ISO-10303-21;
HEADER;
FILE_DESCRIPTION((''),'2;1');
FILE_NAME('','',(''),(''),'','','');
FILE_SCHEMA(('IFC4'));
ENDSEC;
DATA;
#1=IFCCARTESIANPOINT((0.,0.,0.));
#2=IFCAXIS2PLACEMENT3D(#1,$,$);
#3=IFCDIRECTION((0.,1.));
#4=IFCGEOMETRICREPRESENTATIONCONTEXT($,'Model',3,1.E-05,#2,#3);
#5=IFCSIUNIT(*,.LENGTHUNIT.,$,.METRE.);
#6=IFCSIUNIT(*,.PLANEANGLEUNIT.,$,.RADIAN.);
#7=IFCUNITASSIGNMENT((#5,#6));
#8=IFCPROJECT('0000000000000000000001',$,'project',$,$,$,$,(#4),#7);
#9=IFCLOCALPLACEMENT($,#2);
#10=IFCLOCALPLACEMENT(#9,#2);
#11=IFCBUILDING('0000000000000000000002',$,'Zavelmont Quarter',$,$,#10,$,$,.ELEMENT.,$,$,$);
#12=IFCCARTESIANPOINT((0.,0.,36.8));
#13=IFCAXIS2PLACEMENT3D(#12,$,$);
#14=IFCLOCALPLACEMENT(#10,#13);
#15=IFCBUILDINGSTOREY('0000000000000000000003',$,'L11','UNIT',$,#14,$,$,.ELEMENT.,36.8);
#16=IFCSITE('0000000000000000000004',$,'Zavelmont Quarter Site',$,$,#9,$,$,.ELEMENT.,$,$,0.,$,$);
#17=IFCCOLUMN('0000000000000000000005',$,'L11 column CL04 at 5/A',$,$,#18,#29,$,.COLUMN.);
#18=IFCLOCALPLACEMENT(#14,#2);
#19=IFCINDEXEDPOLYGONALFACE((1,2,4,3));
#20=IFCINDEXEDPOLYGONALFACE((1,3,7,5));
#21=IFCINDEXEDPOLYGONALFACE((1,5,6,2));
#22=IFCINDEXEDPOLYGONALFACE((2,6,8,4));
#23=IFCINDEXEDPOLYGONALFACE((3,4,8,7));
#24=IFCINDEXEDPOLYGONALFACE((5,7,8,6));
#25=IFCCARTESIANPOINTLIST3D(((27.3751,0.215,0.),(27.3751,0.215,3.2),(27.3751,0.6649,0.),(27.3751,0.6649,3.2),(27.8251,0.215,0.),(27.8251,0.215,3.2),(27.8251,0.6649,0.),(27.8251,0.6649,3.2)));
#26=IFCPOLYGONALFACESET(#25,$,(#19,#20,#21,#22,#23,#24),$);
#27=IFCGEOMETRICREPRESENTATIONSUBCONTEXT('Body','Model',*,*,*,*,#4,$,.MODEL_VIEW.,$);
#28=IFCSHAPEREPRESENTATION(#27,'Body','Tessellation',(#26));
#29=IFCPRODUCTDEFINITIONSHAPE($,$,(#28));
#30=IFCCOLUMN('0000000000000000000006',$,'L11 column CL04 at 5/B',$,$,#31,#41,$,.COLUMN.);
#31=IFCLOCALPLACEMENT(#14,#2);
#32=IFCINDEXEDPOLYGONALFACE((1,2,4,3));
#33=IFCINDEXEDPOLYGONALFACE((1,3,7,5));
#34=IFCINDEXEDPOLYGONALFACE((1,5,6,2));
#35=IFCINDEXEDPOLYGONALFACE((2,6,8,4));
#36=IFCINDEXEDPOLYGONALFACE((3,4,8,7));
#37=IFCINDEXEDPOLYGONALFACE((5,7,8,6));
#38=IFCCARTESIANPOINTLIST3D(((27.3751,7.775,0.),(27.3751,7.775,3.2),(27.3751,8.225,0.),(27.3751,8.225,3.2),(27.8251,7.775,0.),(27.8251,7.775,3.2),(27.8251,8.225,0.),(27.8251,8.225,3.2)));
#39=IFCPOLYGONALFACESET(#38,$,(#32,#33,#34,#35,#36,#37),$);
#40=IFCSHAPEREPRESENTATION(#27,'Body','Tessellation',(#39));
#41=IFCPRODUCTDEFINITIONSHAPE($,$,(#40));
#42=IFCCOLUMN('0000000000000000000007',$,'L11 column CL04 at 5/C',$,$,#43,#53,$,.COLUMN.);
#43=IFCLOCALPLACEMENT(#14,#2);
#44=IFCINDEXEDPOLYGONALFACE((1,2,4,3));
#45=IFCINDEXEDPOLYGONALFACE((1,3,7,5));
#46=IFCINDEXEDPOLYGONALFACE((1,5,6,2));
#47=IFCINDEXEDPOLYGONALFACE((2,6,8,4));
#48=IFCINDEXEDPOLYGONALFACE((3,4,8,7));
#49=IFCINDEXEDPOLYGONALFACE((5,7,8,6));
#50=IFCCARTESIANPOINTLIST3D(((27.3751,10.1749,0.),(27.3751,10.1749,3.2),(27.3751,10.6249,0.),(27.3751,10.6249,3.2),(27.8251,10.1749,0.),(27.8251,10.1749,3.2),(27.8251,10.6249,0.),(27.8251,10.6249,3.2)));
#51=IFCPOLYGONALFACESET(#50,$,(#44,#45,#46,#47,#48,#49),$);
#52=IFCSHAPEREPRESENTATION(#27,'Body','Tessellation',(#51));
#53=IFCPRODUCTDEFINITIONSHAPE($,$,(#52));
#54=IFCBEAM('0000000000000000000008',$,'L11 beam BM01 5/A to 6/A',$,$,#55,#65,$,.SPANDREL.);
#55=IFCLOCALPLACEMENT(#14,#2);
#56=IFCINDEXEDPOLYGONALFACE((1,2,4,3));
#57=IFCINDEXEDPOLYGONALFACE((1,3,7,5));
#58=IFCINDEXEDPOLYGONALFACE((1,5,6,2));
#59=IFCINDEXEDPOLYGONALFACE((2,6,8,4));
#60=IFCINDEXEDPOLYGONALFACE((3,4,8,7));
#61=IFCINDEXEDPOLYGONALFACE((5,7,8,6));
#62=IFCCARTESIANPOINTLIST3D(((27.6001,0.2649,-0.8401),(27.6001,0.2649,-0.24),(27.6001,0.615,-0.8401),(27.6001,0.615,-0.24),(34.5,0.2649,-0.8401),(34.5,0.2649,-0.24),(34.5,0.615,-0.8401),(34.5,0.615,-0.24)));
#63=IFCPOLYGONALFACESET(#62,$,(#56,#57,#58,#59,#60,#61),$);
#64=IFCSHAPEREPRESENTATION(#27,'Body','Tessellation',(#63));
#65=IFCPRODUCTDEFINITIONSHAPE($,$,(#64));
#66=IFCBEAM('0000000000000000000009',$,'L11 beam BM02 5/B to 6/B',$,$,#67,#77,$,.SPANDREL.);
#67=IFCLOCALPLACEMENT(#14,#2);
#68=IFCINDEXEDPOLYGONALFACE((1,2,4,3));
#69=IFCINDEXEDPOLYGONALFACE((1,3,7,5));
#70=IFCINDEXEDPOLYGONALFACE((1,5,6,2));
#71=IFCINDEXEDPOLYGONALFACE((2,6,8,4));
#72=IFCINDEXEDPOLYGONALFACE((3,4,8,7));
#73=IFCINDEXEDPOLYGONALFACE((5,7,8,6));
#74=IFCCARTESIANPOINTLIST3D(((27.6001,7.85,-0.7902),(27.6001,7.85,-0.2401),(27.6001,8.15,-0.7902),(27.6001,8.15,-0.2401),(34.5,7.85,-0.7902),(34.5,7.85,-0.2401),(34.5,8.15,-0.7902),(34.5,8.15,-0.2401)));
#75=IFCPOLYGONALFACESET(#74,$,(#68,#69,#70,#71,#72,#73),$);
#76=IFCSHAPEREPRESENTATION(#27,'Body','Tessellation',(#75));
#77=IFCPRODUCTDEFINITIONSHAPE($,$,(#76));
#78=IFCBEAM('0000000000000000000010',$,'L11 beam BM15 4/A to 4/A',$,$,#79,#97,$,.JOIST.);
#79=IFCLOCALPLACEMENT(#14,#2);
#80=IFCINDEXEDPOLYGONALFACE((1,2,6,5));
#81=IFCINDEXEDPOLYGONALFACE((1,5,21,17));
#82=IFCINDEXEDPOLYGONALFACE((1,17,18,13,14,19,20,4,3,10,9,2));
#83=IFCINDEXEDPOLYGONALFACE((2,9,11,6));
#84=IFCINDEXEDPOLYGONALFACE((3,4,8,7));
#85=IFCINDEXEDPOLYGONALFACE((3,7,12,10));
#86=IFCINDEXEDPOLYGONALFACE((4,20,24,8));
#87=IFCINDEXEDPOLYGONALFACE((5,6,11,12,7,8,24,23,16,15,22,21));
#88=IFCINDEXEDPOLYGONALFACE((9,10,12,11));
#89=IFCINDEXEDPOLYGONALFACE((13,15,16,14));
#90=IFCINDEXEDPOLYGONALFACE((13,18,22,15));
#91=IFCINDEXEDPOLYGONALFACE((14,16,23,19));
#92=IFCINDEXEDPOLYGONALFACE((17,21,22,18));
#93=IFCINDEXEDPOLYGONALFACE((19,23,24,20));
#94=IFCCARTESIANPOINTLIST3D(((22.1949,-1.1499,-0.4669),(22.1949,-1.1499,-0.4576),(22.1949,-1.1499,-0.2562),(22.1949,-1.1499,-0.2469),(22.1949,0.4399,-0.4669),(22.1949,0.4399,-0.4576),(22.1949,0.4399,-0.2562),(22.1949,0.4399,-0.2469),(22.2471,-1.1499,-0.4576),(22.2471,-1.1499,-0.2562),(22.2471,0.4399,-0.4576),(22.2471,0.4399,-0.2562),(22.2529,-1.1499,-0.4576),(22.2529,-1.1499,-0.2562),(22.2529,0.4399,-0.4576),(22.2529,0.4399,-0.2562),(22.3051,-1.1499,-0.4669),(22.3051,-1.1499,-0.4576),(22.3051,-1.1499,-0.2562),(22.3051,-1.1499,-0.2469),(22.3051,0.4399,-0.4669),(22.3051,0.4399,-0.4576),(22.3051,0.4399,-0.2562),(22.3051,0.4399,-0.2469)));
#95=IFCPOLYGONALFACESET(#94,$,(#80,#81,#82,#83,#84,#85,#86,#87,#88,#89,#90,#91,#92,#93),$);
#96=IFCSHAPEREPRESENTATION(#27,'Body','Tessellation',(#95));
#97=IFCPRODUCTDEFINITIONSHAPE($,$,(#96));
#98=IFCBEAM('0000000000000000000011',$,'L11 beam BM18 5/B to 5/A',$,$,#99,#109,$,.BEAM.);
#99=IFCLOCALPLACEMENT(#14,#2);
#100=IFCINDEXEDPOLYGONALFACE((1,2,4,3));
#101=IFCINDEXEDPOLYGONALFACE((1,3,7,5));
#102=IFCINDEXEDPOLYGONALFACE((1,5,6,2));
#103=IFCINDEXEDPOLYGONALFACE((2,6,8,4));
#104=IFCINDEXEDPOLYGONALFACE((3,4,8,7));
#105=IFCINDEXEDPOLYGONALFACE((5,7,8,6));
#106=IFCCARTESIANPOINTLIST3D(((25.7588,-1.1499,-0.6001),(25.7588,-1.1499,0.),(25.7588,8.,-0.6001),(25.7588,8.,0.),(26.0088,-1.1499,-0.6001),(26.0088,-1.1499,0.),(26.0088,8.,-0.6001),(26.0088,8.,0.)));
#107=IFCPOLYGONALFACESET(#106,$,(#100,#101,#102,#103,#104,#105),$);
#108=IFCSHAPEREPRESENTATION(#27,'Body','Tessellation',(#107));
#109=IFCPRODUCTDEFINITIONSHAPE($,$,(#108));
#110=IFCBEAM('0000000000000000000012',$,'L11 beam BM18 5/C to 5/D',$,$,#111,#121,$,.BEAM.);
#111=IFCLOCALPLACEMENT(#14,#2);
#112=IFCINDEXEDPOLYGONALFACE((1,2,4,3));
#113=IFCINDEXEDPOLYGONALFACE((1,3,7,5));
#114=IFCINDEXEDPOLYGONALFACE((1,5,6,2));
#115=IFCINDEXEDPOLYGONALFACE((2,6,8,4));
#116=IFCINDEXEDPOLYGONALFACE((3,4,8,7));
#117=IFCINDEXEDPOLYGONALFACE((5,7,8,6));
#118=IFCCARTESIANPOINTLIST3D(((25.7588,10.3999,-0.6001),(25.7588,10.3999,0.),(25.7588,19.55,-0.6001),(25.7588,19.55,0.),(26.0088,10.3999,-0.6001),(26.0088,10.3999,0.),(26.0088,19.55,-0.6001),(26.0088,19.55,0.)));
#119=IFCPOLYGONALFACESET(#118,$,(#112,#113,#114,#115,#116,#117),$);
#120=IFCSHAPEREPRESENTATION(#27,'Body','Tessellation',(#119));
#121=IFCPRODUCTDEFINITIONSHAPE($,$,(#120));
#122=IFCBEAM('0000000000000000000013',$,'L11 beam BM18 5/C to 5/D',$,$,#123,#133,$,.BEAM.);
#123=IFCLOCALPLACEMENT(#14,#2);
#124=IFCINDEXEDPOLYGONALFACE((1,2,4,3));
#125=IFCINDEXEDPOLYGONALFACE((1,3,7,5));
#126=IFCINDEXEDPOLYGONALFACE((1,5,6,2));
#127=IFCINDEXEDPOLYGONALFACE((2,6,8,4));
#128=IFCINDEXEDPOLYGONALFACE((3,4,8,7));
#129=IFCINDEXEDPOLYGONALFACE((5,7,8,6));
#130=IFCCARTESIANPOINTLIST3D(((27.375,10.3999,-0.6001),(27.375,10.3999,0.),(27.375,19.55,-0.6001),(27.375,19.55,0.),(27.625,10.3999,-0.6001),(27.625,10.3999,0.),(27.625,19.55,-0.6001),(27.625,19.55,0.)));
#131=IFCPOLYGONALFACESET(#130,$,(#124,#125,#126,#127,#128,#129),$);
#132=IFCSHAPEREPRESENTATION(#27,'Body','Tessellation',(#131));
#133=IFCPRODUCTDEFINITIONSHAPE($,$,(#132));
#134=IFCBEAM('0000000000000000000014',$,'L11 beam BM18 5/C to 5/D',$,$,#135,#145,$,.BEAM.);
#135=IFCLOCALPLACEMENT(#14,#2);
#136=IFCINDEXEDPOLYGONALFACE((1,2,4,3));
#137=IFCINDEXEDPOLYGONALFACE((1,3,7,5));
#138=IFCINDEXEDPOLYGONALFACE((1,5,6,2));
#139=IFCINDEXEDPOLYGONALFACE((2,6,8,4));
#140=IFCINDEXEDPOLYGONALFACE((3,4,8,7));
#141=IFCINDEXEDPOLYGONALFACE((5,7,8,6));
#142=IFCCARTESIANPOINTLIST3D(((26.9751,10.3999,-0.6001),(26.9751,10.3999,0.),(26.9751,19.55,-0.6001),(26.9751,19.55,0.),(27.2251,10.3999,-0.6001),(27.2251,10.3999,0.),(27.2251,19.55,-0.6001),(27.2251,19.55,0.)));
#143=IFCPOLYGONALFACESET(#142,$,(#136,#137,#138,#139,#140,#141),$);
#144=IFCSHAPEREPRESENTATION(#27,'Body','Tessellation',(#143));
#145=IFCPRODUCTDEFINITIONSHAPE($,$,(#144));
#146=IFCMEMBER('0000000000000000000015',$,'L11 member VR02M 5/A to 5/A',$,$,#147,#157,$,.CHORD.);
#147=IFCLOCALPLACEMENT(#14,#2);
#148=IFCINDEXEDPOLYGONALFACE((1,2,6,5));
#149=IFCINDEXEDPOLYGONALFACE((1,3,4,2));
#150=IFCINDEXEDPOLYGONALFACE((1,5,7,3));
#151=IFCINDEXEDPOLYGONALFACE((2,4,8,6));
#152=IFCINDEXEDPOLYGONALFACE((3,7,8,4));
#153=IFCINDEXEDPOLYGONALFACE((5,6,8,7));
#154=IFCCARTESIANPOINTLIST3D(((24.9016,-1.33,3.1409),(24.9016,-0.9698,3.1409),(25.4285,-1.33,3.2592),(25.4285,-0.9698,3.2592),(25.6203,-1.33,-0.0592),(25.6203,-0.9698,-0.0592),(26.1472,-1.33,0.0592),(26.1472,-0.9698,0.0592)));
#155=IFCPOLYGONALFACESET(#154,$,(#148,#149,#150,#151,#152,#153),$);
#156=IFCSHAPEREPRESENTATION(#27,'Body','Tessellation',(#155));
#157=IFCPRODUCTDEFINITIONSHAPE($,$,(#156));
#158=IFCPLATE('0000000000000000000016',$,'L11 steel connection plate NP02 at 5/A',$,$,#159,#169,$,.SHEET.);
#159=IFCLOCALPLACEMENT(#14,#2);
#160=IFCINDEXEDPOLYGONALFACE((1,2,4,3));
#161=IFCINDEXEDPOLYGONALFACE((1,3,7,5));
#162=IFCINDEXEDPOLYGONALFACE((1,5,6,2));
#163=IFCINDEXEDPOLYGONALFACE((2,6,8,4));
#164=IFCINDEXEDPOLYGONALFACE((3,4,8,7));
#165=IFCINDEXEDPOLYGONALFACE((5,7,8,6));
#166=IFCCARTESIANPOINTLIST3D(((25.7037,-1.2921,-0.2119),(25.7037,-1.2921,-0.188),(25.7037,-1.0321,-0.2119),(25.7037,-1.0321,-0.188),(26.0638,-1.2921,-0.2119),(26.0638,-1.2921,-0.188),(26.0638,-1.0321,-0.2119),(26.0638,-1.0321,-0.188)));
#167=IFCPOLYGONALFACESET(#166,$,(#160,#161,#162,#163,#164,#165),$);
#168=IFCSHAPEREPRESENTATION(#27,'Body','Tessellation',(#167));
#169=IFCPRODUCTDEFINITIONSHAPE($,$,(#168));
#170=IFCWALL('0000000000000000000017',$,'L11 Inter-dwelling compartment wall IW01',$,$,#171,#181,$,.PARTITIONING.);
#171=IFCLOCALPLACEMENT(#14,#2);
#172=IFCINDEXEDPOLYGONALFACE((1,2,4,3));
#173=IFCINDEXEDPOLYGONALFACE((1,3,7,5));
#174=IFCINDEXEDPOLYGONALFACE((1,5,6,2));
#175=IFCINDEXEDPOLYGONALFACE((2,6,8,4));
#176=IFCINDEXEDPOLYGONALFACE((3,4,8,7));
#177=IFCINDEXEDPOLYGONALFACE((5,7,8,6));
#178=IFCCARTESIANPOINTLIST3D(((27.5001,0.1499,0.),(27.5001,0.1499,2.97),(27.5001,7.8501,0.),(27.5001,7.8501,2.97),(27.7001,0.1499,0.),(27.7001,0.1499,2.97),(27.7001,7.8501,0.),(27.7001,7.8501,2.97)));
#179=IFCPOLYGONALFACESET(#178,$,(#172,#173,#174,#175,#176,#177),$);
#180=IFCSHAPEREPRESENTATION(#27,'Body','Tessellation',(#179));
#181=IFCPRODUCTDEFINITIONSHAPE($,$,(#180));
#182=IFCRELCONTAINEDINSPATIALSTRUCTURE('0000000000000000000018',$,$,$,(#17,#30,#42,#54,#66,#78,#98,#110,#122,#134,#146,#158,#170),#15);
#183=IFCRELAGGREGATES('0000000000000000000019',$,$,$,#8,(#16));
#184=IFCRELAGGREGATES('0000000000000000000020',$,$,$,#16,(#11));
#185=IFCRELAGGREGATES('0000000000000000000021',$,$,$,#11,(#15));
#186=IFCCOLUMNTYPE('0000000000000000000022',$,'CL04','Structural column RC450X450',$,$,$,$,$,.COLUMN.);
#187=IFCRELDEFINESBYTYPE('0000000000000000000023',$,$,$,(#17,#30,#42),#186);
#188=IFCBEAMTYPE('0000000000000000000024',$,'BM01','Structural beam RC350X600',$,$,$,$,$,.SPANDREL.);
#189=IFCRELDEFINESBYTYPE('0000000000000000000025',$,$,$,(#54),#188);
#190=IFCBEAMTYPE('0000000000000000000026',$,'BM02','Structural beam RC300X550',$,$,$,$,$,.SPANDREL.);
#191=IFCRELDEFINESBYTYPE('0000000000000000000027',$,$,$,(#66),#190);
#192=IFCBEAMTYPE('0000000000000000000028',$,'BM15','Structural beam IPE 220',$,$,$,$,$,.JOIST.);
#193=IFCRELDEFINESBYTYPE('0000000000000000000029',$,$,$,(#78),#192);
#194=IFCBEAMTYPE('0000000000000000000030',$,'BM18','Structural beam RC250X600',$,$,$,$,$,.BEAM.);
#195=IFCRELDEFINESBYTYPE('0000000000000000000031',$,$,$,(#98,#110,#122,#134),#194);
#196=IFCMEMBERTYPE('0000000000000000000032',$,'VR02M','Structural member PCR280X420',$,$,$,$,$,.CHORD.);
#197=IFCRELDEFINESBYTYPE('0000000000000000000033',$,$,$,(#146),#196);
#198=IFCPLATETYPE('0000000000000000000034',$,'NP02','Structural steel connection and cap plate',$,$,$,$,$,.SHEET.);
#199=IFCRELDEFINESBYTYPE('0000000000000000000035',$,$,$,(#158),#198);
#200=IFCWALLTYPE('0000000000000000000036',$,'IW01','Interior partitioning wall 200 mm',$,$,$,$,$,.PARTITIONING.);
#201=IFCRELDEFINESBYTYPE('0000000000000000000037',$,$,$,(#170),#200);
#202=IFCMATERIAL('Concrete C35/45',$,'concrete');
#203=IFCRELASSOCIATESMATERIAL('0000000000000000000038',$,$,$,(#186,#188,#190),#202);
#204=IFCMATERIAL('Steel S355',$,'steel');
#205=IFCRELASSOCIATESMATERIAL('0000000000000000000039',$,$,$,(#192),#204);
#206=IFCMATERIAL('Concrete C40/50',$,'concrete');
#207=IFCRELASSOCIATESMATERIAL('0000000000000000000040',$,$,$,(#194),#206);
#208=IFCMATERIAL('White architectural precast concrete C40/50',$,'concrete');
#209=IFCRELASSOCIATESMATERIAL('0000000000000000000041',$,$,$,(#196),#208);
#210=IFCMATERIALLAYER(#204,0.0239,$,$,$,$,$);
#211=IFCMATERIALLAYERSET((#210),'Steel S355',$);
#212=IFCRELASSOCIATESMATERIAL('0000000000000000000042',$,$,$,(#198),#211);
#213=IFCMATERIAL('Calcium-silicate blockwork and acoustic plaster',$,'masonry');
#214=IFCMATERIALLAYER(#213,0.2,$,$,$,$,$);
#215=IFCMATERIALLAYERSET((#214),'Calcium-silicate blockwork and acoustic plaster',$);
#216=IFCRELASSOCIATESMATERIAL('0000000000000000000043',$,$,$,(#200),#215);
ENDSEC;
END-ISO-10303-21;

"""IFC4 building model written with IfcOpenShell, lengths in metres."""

from ifc_helpers import new_model, si_unit, direction, frame, frame_2d, origin, origin_2d, place, context, subcontext, project, spatial, rectangle, i_section, extrude, material, layer, layer_set, material_profile, profile_set, type_object, element, save


model = new_model("IFC4")

# Units and contexts
model_context = context("Model", 3, precision=1e-05, world=origin(), true_north=direction((0.0, 1.0)))
body_context = subcontext(model_context, "Body", "Model", "MODEL_VIEW")
ifc_project = project(units=[si_unit("LENGTHUNIT", "METRE"), si_unit("PLANEANGLEUNIT", "RADIAN")], contexts=[model_context])

# Site, building, storey
site_placement = place(None, origin())
site = spatial("IfcSite", under=ifc_project, at=site_placement, Name="Zavelmont Quarter Site", CompositionType="ELEMENT", RefElevation=0.0)
building_placement = place(site_placement, origin())
building = spatial("IfcBuilding", under=site, at=building_placement, Name="Zavelmont Quarter", CompositionType="ELEMENT")
storey_placement = place(building_placement, frame((0.0, 0.0, 36.8)))
storey = spatial("IfcBuildingStorey", under=building, at=storey_placement, Name="L11", Description="UNIT", CompositionType="ELEMENT", Elevation=36.8)

# Columns
ifc_material_1 = material(Name="Concrete C35/45", Category="concrete")
ifc_material_profile_1 = material_profile(ifc_material_1, rectangle(XDim=0.45, YDim=0.45, at=origin_2d()), Name="RC450X450")
ifc_profile_set_1 = profile_set([ifc_material_profile_1], Name="Concrete C35/45")
column_type = type_object("IfcColumnType", Name="CL04", Description="Structural column RC450X450", PredefinedType="COLUMN", material=ifc_profile_set_1)
for number, where, z_axis, x_axis, name in (
    (1, (27.6001, 0.4399, 0.0), (0.0, 0.0, 1.0), (1.0, 0.0, 0.0), "L11 column CL04 at 5/A"),
    (2, (27.6001, 8.0, 0.0), (0.0, 0.0, 1.0), (1.0, 0.0, 0.0), "L11 column CL04 at 5/B"),
    (3, (27.6001, 10.3999, 0.0), (0.0, 0.0, 1.0), (1.0, 0.0, 0.0), "L11 column CL04 at 5/C"),
):
    element("IfcColumn", number, at=place(storey_placement, frame(where, z_axis=z_axis, x_axis=x_axis)), inside=storey, type_object=column_type, Name=name, PredefinedType="COLUMN", context=body_context, shape_type="SweptSolid", body=[
        extrude(rectangle(XDim=0.45, YDim=0.45, at=origin_2d()), origin(), (0.0, 0.0, 1.0), 3.2),
    ])

# Beams
ifc_material_profile_2 = material_profile(ifc_material_1, rectangle(XDim=0.3501, YDim=0.6001, at=origin_2d()), Name="RC350X600")
ifc_profile_set_2 = profile_set([ifc_material_profile_2], Name="Concrete C35/45")
beam_type_1 = type_object("IfcBeamType", Name="BM01", Description="Structural beam RC350X600", PredefinedType="SPANDREL", material=ifc_profile_set_2)
beam_1_placement = place(storey_placement, frame((27.6001, 0.4399, -0.54), z_axis=(1.0, 0.0, 0.0), x_axis=(0.0, 1.0, 0.0)))
element("IfcBeam", 4, at=beam_1_placement, inside=storey, type_object=beam_type_1, Name="L11 beam BM01 5/A to 6/A", PredefinedType="SPANDREL", context=body_context, shape_type="SweptSolid", body=[
    extrude(rectangle(XDim=0.3501, YDim=0.6001, at=origin_2d()), origin(), (0.0, 0.0, 1.0), 6.8999),
])
ifc_material_profile_3 = material_profile(ifc_material_1, rectangle(XDim=0.3, YDim=0.55, at=origin_2d()), Name="RC300X550")
ifc_profile_set_3 = profile_set([ifc_material_profile_3], Name="Concrete C35/45")
beam_type_2 = type_object("IfcBeamType", Name="BM02", Description="Structural beam RC300X550", PredefinedType="SPANDREL", material=ifc_profile_set_3)
beam_2_placement = place(storey_placement, frame((27.6001, 8.0, -0.5151), z_axis=(1.0, 0.0, 0.0), x_axis=(0.0, 1.0, 0.0)))
element("IfcBeam", 5, at=beam_2_placement, inside=storey, type_object=beam_type_2, Name="L11 beam BM02 5/B to 6/B", PredefinedType="SPANDREL", context=body_context, shape_type="SweptSolid", body=[
    extrude(rectangle(XDim=0.3, YDim=0.55, at=origin_2d()), origin(), (0.0, 0.0, 1.0), 6.8999),
])
ifc_material_2 = material(Name="Steel S355", Category="steel")
ifc_material_profile_4 = material_profile(ifc_material_2, i_section(OverallWidth=0.1101, OverallDepth=0.22, WebThickness=0.0059, FlangeThickness=0.0093, at=origin_2d()), Name="IPE 220")
ifc_profile_set_4 = profile_set([ifc_material_profile_4], Name="Steel S355")
beam_type_3 = type_object("IfcBeamType", Name="BM15", Description="Structural beam IPE 220", PredefinedType="JOIST", material=ifc_profile_set_4)
beam_3_placement = place(storey_placement, frame((22.25, 0.4399, -0.3569), z_axis=(0.0, -1.0, 0.0), x_axis=(1.0, 0.0, 0.0)))
element("IfcBeam", 6, at=beam_3_placement, inside=storey, type_object=beam_type_3, Name="L11 beam BM15 4/A to 4/A", PredefinedType="JOIST", context=body_context, shape_type="SweptSolid", body=[
    extrude(i_section(OverallWidth=0.1101, OverallDepth=0.22, WebThickness=0.0059, FlangeThickness=0.0093, at=origin_2d()), origin(), (0.0, 0.0, 1.0), 1.5898),
])
ifc_material_3 = material(Name="Concrete C40/50", Category="concrete")
ifc_material_profile_5 = material_profile(ifc_material_3, rectangle(XDim=0.25, YDim=0.6001, at=origin_2d()), Name="RC250X600")
ifc_profile_set_5 = profile_set([ifc_material_profile_5], Name="Concrete C40/50")
beam_type_4 = type_object("IfcBeamType", Name="BM18", Description="Structural beam RC250X600", PredefinedType="BEAM", material=ifc_profile_set_5)
beam_4_placement = place(storey_placement, frame((25.8838, 8.0, -0.3), z_axis=(0.0, -1.0, 0.0), x_axis=(1.0, 0.0, 0.0)))
element("IfcBeam", 7, at=beam_4_placement, inside=storey, type_object=beam_type_4, Name="L11 beam BM18 5/B to 5/A", PredefinedType="BEAM", context=body_context, shape_type="SweptSolid", body=[
    extrude(rectangle(XDim=0.25, YDim=0.6001, at=origin_2d()), origin(), (0.0, 0.0, 1.0), 9.1499),
])
for number, where, z_axis, x_axis, name in (
    (8, (25.8838, 10.3999, -0.3), (0.0, 1.0, 0.0), (-1.0, 0.0, 0.0), "L11 beam BM18 5/C to 5/D"),
    (9, (27.5, 10.3999, -0.3), (0.0, 1.0, 0.0), (-1.0, 0.0, 0.0), "L11 beam BM18 5/C to 5/D"),
    (10, (27.1001, 10.3999, -0.3), (0.0, 1.0, 0.0), (-1.0, 0.0, 0.0), "L11 beam BM18 5/C to 5/D"),
):
    element("IfcBeam", number, at=place(storey_placement, frame(where, z_axis=z_axis, x_axis=x_axis)), inside=storey, type_object=beam_type_4, Name=name, PredefinedType="BEAM", context=body_context, shape_type="SweptSolid", body=[
        extrude(rectangle(XDim=0.25, YDim=0.6001, at=origin_2d()), origin(), (0.0, 0.0, 1.0), 9.1501),
    ])

# Member
ifc_material_4 = material(Name="White architectural precast concrete C40/50", Category="concrete")
ifc_material_profile_6 = material_profile(ifc_material_4, rectangle(XDim=0.3601, YDim=0.54, at=origin_2d()), Name="PCR280X420")
ifc_profile_set_6 = profile_set([ifc_material_profile_6], Name="White architectural precast concrete C40/50")
member_type = type_object("IfcMemberType", Name="VR02M", Description="Structural member PCR280X420", PredefinedType="CHORD", material=ifc_profile_set_6)
member_placement = place(storey_placement, frame((25.8838, -1.1499, 0.0), z_axis=(-0.219153, 0.0, 0.975691), x_axis=(0.0, -1.0, 0.0)))
element("IfcMember", 11, at=member_placement, inside=storey, type_object=member_type, Name="L11 member VR02M 5/A to 5/A", PredefinedType="CHORD", context=body_context, shape_type="SweptSolid", body=[
    extrude(rectangle(XDim=0.3601, YDim=0.54, at=origin_2d()), origin(), (0.0, 0.0, 1.0), 3.2798),
])

# Plate
ifc_layer_1 = layer(ifc_material_2, 0.0239)
ifc_layer_set_1 = layer_set([ifc_layer_1], Name="Steel S355")
plate_type = type_object("IfcPlateType", Name="NP02", Description="Structural steel connection and cap plate", PredefinedType="SHEET", material=ifc_layer_set_1)
plate_placement = place(storey_placement, frame((25.8838, -1.1621, -0.2119), z_axis=(0.0, 0.0, 1.0), x_axis=(1.0, 0.0, 0.0)))
element("IfcPlate", 12, at=plate_placement, inside=storey, type_object=plate_type, Name="L11 steel connection plate NP02 at 5/A", PredefinedType="SHEET", context=body_context, shape_type="SweptSolid", body=[
    extrude(rectangle(XDim=0.3601, YDim=0.26, at=origin_2d()), origin(), (0.0, 0.0, 1.0), 0.0239),
])

# Wall
ifc_material_5 = material(Name="Calcium-silicate blockwork and acoustic plaster", Category="masonry")
ifc_layer_2 = layer(ifc_material_5, 0.2)
ifc_layer_set_2 = layer_set([ifc_layer_2], Name="Calcium-silicate blockwork and acoustic plaster")
wall_type_1 = type_object("IfcWallType", Name="IW01", Description="Interior partitioning wall 200 mm", PredefinedType="PARTITIONING", material=ifc_layer_set_2)
wall_1_placement = place(storey_placement, frame((27.6001, 7.8501, 0.0), z_axis=(0.0, 0.0, 1.0), x_axis=(0.0, -1.0, 0.0)))
element("IfcWall", 13, at=wall_1_placement, inside=storey, type_object=wall_type_1, Name="L11 Inter-dwelling compartment wall IW01", PredefinedType="PARTITIONING", context=body_context, shape_type="SweptSolid", body=[
    extrude(rectangle(XDim=7.7002, YDim=0.2, at=frame_2d((3.8501, 0.0))), origin(), (0.0, 0.0, 1.0), 2.97),
])

save(model, "model.ifc")
